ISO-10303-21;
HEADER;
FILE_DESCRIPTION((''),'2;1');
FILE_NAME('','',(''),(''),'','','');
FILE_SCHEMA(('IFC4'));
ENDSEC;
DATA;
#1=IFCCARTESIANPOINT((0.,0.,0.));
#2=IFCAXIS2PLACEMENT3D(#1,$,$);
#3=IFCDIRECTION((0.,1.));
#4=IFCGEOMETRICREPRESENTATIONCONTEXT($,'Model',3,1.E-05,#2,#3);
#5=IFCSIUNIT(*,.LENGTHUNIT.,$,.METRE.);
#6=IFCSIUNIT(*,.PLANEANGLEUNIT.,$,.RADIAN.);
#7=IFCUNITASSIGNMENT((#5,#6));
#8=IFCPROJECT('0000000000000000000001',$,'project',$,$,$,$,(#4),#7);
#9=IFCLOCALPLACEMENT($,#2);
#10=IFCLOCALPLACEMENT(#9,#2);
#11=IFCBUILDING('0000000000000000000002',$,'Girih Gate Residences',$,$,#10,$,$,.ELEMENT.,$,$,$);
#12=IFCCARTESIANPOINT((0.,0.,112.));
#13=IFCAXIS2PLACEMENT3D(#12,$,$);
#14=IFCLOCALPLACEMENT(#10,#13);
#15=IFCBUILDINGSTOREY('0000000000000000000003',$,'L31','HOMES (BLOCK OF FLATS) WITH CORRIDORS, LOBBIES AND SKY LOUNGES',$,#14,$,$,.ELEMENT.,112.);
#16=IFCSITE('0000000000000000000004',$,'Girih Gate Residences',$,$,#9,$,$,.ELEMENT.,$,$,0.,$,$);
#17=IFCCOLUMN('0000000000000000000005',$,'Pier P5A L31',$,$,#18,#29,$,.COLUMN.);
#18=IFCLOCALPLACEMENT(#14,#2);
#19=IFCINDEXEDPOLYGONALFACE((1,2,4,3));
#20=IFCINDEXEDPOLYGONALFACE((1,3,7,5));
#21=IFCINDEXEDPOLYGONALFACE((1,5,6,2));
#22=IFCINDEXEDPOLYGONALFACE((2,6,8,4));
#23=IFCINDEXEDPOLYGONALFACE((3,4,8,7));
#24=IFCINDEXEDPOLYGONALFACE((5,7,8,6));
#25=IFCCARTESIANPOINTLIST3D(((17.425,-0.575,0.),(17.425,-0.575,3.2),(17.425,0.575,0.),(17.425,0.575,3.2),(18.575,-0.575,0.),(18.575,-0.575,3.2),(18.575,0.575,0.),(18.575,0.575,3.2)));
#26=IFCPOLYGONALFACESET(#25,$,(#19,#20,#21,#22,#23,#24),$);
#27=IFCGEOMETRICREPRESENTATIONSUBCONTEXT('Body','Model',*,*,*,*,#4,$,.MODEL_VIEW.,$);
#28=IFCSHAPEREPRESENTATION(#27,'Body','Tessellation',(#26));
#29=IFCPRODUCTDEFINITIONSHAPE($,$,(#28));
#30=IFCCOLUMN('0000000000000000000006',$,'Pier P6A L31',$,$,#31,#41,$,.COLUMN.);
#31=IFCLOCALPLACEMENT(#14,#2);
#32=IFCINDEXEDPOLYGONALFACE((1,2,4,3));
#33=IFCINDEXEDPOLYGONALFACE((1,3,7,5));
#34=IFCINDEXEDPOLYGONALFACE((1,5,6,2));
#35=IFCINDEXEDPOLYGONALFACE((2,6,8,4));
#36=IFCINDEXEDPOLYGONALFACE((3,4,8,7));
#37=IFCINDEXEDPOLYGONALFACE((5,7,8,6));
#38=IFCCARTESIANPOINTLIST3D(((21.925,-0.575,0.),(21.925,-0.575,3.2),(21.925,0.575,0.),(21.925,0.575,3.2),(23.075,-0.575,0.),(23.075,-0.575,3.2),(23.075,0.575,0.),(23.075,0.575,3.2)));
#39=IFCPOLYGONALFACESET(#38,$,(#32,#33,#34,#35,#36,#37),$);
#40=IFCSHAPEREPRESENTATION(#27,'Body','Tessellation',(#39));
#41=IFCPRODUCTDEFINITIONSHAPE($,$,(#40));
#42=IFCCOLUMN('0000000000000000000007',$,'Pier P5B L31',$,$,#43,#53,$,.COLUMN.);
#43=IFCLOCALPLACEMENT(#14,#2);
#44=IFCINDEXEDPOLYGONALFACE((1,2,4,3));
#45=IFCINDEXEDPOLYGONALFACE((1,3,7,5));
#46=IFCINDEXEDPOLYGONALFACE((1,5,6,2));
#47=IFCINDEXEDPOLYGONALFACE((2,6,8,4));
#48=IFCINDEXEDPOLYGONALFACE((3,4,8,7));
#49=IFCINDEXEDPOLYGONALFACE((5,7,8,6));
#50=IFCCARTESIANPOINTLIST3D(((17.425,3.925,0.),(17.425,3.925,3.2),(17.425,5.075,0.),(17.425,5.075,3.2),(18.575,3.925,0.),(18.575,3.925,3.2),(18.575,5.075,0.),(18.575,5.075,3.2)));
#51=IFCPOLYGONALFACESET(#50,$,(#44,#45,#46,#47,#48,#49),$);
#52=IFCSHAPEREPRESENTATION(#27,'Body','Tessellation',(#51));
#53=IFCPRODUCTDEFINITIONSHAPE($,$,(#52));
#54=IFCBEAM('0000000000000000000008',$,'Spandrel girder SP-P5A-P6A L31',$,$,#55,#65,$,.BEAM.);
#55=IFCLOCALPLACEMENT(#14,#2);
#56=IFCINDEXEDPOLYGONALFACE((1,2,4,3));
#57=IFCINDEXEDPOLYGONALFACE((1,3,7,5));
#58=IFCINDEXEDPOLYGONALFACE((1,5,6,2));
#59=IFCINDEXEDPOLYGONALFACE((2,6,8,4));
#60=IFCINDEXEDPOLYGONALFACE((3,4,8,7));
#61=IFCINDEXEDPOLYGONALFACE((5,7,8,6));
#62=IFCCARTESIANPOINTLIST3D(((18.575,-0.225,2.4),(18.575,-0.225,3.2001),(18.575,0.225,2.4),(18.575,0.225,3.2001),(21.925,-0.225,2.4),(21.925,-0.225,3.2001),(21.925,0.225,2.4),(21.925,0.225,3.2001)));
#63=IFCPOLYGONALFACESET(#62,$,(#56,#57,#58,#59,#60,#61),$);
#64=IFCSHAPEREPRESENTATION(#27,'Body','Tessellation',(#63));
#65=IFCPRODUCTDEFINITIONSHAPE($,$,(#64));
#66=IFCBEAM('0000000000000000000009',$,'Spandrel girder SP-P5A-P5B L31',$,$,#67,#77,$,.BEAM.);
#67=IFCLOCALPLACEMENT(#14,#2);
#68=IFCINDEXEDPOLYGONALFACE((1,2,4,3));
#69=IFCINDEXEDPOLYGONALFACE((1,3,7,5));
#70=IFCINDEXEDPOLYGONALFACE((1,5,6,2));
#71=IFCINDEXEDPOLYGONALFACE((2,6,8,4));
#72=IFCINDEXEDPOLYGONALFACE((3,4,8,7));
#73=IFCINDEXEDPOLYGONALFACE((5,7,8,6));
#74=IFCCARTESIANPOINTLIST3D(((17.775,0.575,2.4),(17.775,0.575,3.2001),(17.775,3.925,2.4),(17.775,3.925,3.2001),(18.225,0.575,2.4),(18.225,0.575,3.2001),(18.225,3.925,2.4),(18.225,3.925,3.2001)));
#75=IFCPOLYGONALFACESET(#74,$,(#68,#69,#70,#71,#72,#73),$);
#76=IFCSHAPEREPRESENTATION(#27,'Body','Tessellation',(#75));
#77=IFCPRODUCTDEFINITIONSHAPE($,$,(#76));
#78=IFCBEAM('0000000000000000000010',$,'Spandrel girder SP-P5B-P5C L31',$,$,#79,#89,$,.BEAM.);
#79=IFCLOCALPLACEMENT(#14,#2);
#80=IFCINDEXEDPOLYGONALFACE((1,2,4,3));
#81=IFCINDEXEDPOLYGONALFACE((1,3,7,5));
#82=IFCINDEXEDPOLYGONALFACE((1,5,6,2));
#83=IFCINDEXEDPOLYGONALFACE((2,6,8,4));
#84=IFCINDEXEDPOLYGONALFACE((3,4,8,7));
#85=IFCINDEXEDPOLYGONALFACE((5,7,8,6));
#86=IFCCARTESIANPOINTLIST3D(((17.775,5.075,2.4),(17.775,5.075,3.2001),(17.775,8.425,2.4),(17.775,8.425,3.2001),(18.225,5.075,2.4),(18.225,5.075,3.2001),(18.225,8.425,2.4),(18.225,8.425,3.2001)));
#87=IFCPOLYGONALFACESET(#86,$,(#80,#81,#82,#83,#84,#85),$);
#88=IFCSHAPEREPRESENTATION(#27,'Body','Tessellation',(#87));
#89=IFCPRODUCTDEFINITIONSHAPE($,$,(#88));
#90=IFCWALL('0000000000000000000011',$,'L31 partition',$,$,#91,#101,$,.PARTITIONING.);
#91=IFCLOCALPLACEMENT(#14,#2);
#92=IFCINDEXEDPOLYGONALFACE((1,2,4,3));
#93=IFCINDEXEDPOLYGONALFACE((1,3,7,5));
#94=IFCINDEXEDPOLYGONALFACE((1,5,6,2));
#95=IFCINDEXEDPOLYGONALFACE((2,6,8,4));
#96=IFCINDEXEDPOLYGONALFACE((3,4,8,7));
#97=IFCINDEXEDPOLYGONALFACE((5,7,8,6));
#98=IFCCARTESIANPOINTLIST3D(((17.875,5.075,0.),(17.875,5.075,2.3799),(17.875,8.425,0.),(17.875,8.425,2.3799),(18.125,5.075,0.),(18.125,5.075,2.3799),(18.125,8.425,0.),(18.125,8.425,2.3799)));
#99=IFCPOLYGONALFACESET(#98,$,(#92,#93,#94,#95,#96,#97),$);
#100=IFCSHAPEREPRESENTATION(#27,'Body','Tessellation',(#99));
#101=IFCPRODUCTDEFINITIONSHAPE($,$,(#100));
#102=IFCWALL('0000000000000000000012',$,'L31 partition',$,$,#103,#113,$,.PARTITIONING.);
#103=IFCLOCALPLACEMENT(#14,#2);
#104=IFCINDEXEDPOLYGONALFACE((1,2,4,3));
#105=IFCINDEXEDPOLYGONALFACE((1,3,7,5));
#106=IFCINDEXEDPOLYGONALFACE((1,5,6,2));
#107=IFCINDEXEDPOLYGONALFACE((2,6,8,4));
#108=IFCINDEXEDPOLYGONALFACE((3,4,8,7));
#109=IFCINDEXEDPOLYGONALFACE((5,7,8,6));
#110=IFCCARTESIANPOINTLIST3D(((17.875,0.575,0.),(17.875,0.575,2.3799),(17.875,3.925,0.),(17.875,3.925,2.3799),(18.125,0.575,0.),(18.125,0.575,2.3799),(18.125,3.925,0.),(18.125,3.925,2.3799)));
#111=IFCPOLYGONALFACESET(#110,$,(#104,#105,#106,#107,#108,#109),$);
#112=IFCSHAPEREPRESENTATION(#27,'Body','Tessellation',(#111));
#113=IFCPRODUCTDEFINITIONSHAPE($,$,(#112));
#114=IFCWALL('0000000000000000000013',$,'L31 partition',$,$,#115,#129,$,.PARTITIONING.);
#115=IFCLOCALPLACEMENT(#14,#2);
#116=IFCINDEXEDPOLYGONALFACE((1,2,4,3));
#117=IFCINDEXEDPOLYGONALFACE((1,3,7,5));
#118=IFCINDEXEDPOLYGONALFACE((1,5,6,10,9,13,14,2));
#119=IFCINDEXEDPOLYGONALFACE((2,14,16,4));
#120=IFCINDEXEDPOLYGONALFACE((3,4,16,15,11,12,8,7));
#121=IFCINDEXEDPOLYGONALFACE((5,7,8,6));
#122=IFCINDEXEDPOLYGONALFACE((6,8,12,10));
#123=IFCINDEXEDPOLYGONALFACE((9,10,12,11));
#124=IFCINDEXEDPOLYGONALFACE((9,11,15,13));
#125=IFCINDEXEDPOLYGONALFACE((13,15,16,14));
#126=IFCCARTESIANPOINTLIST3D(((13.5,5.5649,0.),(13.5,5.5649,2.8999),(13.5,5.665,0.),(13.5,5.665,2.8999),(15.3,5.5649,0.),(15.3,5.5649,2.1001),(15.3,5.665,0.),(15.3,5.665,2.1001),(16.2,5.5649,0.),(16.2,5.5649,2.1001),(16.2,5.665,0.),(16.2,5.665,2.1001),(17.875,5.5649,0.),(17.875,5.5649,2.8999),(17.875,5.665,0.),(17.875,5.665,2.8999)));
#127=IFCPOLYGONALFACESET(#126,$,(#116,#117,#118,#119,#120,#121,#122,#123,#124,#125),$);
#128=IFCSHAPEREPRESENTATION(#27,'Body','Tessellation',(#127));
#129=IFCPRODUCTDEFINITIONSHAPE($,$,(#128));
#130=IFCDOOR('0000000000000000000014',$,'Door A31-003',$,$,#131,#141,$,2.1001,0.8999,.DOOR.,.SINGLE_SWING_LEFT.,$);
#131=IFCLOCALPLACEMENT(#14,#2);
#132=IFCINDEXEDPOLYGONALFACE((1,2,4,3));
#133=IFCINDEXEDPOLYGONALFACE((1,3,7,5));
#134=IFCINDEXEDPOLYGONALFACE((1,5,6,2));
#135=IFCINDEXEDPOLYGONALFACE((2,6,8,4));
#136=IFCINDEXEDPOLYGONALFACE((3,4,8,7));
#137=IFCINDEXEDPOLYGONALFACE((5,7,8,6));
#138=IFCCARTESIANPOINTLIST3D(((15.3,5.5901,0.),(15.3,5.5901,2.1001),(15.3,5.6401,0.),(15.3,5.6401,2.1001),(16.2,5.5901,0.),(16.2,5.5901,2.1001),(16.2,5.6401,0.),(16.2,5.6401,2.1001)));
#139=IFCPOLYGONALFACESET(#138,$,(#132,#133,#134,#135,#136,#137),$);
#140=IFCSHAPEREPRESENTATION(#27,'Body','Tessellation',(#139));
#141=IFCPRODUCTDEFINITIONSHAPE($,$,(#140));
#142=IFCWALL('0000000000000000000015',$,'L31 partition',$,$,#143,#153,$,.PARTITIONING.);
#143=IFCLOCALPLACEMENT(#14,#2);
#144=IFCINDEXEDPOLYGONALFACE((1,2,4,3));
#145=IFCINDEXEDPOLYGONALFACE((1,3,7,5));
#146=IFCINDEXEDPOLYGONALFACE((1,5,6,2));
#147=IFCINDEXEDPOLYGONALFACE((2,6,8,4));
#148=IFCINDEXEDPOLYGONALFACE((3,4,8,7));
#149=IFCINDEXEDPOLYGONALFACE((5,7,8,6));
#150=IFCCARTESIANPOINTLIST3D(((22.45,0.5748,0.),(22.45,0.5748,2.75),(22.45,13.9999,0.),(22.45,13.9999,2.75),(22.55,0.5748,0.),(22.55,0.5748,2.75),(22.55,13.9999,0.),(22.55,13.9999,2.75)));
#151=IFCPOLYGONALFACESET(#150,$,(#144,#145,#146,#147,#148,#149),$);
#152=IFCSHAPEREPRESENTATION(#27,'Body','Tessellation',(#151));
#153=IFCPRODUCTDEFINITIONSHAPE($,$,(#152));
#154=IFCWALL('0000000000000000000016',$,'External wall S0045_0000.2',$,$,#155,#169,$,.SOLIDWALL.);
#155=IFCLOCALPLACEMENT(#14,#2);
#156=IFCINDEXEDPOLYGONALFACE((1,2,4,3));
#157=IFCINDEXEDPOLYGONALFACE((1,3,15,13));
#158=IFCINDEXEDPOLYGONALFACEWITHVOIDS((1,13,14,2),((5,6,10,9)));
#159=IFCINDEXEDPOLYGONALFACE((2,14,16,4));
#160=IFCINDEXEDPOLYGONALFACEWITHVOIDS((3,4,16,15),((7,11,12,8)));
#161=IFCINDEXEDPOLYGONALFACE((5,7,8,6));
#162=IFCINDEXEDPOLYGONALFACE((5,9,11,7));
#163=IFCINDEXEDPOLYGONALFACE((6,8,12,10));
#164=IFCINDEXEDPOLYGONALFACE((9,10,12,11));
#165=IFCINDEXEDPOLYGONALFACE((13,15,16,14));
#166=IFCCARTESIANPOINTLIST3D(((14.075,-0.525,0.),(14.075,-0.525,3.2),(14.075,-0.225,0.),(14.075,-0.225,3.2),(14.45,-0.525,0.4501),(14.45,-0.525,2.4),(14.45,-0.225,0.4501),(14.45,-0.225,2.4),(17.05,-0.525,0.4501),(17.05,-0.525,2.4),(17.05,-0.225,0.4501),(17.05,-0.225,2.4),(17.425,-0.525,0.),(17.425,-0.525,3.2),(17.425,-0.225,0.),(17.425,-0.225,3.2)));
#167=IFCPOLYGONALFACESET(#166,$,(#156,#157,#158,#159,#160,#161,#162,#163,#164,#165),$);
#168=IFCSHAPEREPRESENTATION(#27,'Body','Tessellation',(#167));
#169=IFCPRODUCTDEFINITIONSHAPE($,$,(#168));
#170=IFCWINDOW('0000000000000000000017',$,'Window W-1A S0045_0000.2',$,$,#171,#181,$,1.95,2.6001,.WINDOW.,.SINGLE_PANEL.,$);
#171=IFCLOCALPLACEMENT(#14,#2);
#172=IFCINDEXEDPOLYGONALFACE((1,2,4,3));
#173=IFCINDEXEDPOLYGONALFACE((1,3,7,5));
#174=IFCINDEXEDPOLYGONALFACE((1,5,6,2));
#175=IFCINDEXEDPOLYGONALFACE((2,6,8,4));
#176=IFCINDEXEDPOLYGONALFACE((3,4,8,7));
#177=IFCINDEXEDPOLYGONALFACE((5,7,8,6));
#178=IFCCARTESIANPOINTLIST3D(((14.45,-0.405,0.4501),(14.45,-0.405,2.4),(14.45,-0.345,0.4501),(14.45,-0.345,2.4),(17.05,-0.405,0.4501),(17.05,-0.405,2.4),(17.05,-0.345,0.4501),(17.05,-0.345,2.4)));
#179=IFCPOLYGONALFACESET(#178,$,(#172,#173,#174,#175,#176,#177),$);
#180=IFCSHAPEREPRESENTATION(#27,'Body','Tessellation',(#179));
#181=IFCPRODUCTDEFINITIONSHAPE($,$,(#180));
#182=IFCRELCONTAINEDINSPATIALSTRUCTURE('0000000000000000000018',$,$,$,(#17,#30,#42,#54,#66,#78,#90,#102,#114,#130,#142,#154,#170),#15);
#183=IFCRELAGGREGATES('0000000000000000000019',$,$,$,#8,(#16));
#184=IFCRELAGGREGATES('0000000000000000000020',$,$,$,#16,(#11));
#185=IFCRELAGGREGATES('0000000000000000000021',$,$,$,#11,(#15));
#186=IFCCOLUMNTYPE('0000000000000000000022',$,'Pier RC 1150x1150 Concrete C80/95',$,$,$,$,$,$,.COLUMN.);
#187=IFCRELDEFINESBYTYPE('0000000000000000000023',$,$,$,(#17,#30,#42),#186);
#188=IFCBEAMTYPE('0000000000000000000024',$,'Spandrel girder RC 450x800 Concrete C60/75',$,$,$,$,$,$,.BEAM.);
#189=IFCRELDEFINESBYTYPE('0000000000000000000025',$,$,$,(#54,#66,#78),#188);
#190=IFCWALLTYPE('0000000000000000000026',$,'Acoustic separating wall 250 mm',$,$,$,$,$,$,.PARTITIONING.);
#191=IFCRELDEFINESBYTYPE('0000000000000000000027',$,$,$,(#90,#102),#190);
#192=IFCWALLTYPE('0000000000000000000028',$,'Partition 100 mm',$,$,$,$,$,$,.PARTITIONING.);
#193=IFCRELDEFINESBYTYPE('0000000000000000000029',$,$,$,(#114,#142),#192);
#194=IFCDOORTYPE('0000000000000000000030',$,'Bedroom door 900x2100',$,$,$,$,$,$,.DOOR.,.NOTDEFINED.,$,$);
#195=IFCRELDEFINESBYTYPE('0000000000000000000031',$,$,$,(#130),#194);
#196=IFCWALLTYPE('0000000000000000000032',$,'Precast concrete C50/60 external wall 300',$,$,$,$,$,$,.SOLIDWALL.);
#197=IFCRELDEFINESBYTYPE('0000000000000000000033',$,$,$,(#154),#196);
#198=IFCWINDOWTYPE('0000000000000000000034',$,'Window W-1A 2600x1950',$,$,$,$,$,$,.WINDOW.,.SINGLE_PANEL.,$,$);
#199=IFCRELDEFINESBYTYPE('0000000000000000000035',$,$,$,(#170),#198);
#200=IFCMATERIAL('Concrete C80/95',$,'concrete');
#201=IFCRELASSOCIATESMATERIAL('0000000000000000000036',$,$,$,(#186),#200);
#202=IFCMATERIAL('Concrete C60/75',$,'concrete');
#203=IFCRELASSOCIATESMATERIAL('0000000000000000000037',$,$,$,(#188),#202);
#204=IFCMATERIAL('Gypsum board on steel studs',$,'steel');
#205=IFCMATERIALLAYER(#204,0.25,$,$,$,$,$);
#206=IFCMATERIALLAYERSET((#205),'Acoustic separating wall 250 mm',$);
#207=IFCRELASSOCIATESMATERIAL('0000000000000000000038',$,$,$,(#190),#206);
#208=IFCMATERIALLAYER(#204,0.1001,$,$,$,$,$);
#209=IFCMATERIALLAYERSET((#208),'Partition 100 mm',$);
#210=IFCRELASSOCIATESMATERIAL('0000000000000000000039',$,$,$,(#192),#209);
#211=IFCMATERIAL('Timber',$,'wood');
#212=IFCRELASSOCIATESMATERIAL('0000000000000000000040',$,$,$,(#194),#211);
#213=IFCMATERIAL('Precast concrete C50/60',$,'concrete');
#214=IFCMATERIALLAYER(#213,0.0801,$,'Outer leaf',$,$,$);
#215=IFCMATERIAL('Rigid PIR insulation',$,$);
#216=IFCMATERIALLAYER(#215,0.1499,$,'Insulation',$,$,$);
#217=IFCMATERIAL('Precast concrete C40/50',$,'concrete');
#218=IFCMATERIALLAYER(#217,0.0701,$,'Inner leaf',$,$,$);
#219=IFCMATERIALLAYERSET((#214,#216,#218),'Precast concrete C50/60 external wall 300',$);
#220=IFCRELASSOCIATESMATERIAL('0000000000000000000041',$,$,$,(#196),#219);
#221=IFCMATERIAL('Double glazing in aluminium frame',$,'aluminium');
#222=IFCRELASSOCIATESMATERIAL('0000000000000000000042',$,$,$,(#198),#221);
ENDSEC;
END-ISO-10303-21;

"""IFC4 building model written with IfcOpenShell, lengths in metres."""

from ifc_helpers import new_model, si_unit, direction, frame, frame_2d, origin, origin_2d, place, context, subcontext, project, spatial, rectangle, extrude, material, layer, layer_set, material_profile, profile_set, type_object, element, fill, save


model = new_model("IFC4")

# Units and contexts
model_context = context("Model", 3, precision=1e-05, world=origin(), true_north=direction((0.0, 1.0)))
body_context = subcontext(model_context, "Body", "Model", "MODEL_VIEW")
ifc_project = project(units=[si_unit("LENGTHUNIT", "METRE"), si_unit("PLANEANGLEUNIT", "RADIAN")], contexts=[model_context])

# Site, building, storey
site_placement = place(None, origin())
site = spatial("IfcSite", under=ifc_project, at=site_placement, Name="Girih Gate Residences", CompositionType="ELEMENT", RefElevation=0.0)
building_placement = place(site_placement, origin())
building = spatial("IfcBuilding", under=site, at=building_placement, Name="Girih Gate Residences", CompositionType="ELEMENT")
storey_placement = place(building_placement, frame((0.0, 0.0, 112.0)))
storey = spatial("IfcBuildingStorey", under=building, at=storey_placement, Name="L31", Description="HOMES (BLOCK OF FLATS) WITH CORRIDORS, LOBBIES AND SKY LOUNGES", CompositionType="ELEMENT", Elevation=112.0)

# Columns
ifc_material_1 = material(Name="Concrete C80/95", Category="concrete")
ifc_material_profile_1 = material_profile(ifc_material_1, rectangle(XDim=1.1499, YDim=1.1499, at=origin_2d()))
ifc_profile_set_1 = profile_set([ifc_material_profile_1], Name="Concrete C80/95")
column_type = type_object("IfcColumnType", Name="Pier RC 1150x1150 Concrete C80/95", PredefinedType="COLUMN", material=ifc_profile_set_1)
for number, where, z_axis, x_axis, name in (
    (1, (18.0, 0.0, 0.0), (0.0, 0.0, 1.0), (1.0, 0.0, 0.0), "Pier P5A L31"),
    (2, (22.5, 0.0, 0.0), (0.0, 0.0, 1.0), (1.0, 0.0, 0.0), "Pier P6A L31"),
    (3, (18.0, 4.5, 0.0), (0.0, 0.0, 1.0), (1.0, 0.0, 0.0), "Pier P5B L31"),
):
    element("IfcColumn", number, at=place(storey_placement, frame(where, z_axis=z_axis, x_axis=x_axis)), inside=storey, type_object=column_type, Name=name, PredefinedType="COLUMN", context=body_context, shape_type="SweptSolid", body=[
        extrude(rectangle(XDim=1.1499, YDim=1.1499, at=origin_2d()), origin(), (0.0, 0.0, 1.0), 3.2),
    ])

# Beams
ifc_material_2 = material(Name="Concrete C60/75", Category="concrete")
ifc_material_profile_2 = material_profile(ifc_material_2, rectangle(XDim=0.45, YDim=0.8, at=origin_2d()))
ifc_profile_set_2 = profile_set([ifc_material_profile_2], Name="Concrete C60/75")
beam_type = type_object("IfcBeamType", Name="Spandrel girder RC 450x800 Concrete C60/75", PredefinedType="BEAM", material=ifc_profile_set_2)
for number, where, z_axis, x_axis, name in (
    (4, (18.575, 0.0, 2.8), (1.0, 0.0, 0.0), (0.0, 1.0, 0.0), "Spandrel girder SP-P5A-P6A L31"),
    (5, (18.0, 0.575, 2.8), (0.0, 1.0, 0.0), (-1.0, 0.0, 0.0), "Spandrel girder SP-P5A-P5B L31"),
    (6, (18.0, 5.075, 2.8), (0.0, 1.0, 0.0), (-1.0, 0.0, 0.0), "Spandrel girder SP-P5B-P5C L31"),
):
    element("IfcBeam", number, at=place(storey_placement, frame(where, z_axis=z_axis, x_axis=x_axis)), inside=storey, type_object=beam_type, Name=name, PredefinedType="BEAM", context=body_context, shape_type="SweptSolid", body=[
        extrude(rectangle(XDim=0.45, YDim=0.8, at=origin_2d()), origin(), (0.0, 0.0, 1.0), 3.3501),
    ])

# Walls
ifc_material_3 = material(Name="Gypsum board on steel studs", Category="steel")
ifc_layer_1 = layer(ifc_material_3, 0.25)
ifc_layer_set_1 = layer_set([ifc_layer_1], Name="Acoustic separating wall 250 mm")
wall_type_1 = type_object("IfcWallType", Name="Acoustic separating wall 250 mm", PredefinedType="PARTITIONING", material=ifc_layer_set_1)
for number, where, z_axis, x_axis, name in (
    (7, (18.0, 5.075, 0.0), (0.0, 0.0, 1.0), (0.0, 1.0, 0.0), "L31 partition"),
    (8, (18.0, 0.575, 0.0), (0.0, 0.0, 1.0), (0.0, 1.0, 0.0), "L31 partition"),
):
    element("IfcWall", number, at=place(storey_placement, frame(where, z_axis=z_axis, x_axis=x_axis)), inside=storey, type_object=wall_type_1, Name=name, PredefinedType="PARTITIONING", context=body_context, shape_type="SweptSolid", body=[
        extrude(rectangle(XDim=3.3501, YDim=0.25, at=frame_2d((1.675, 0.0))), origin(), (0.0, 0.0, 1.0), 2.3799),
    ])

# Wall, opening, door
ifc_layer_2 = layer(ifc_material_3, 0.1001)
ifc_layer_set_2 = layer_set([ifc_layer_2], Name="Partition 100 mm")
wall_type_2 = type_object("IfcWallType", Name="Partition 100 mm", PredefinedType="PARTITIONING", material=ifc_layer_set_2)
wall_1_placement = place(storey_placement, frame((17.875, 5.615, 0.0), z_axis=(0.0, 0.0, 1.0), x_axis=(-1.0, 0.0, 0.0)))
wall_1 = element("IfcWall", 9, at=wall_1_placement, inside=storey, type_object=wall_type_2, Name="L31 partition", PredefinedType="PARTITIONING", context=body_context, shape_type="SweptSolid", body=[
    extrude(rectangle(XDim=4.375, YDim=0.1001, at=frame_2d((2.1875, 0.0))), origin(), (0.0, 0.0, 1.0), 2.8999),
])
opening_1_placement = place(wall_1_placement, frame((1.675, 0.0, 0.0)))
opening_1 = element("IfcOpeningElement", 10, at=opening_1_placement, cuts=wall_1, PredefinedType="OPENING", context=body_context, shape_type="SweptSolid", body=[
    extrude(rectangle(XDim=0.8999, YDim=2.1001, at=frame_2d((0.45, 1.05))), frame((0.0, 0.0601, 0.0), z_axis=(0.0, -1.0, 0.0), x_axis=(1.0, 0.0, 0.0)), (0.0, 0.0, 1.0), 0.1201),
])
ifc_material_4 = material(Name="Timber", Category="wood")
door_type = type_object("IfcDoorType", Name="Bedroom door 900x2100", OperationType="NOTDEFINED", PredefinedType="DOOR", material=ifc_material_4)
door_placement = place(opening_1_placement, origin())
door = element("IfcDoor", 11, at=door_placement, inside=storey, type_object=door_type, Name="Door A31-003", OperationType="SINGLE_SWING_LEFT", OverallHeight=2.1001, OverallWidth=0.8999, PredefinedType="DOOR", context=body_context, shape_type="SweptSolid", body=[
    extrude(rectangle(XDim=0.8999, YDim=2.1001, at=frame_2d((0.45, 1.05))), frame((0.0, 0.0249, 0.0), z_axis=(0.0, -1.0, 0.0), x_axis=(1.0, 0.0, 0.0)), (0.0, 0.0, 1.0), 0.05),
])
fill(opening_1, door)

# Wall
wall_2_placement = place(storey_placement, frame((22.5, 0.575, 0.0), z_axis=(0.0, 0.0, 1.0), x_axis=(0.0, 1.0, 0.0)))
element("IfcWall", 12, at=wall_2_placement, inside=storey, type_object=wall_type_2, Name="L31 partition", PredefinedType="PARTITIONING", context=body_context, shape_type="SweptSolid", body=[
    extrude(rectangle(XDim=13.425, YDim=0.1001, at=frame_2d((6.7124, 0.0))), origin(), (0.0, 0.0, 1.0), 2.75),
])

# Wall, opening, window
ifc_material_5 = material(Name="Precast concrete C50/60", Category="concrete")
ifc_layer_3 = layer(ifc_material_5, 0.0801, Name="Outer leaf")
ifc_material_6 = material(Name="Rigid PIR insulation")
ifc_layer_4 = layer(ifc_material_6, 0.1499, Name="Insulation")
ifc_material_7 = material(Name="Precast concrete C40/50", Category="concrete")
ifc_layer_5 = layer(ifc_material_7, 0.0701, Name="Inner leaf")
ifc_layer_set_3 = layer_set([ifc_layer_3, ifc_layer_4, ifc_layer_5], Name="Precast concrete C50/60 external wall 300")
wall_type_3 = type_object("IfcWallType", Name="Precast concrete C50/60 external wall 300", PredefinedType="SOLIDWALL", material=ifc_layer_set_3)
wall_3_placement = place(storey_placement, frame((17.425, -0.375, 0.0), z_axis=(0.0, 0.0, 1.0), x_axis=(-1.0, 0.0, 0.0)))
wall_3 = element("IfcWall", 13, at=wall_3_placement, inside=storey, type_object=wall_type_3, Name="External wall S0045_0000.2", PredefinedType="SOLIDWALL", context=body_context, shape_type="SweptSolid", body=[
    extrude(rectangle(XDim=3.3501, YDim=0.3, at=frame_2d((1.675, 0.0))), origin(), (0.0, 0.0, 1.0), 3.2),
])
opening_2_placement = place(wall_3_placement, frame((0.375, 0.0, 0.45)))
opening_2 = element("IfcOpeningElement", 14, at=opening_2_placement, cuts=wall_3, PredefinedType="OPENING", context=body_context, shape_type="SweptSolid", body=[
    extrude(rectangle(XDim=2.6001, YDim=1.95, at=frame_2d((1.3, 0.9751))), frame((0.0, 0.1599, 0.0), z_axis=(0.0, -1.0, 0.0), x_axis=(1.0, 0.0, 0.0)), (0.0, 0.0, 1.0), 0.3201),
])
ifc_material_8 = material(Name="Double glazing in aluminium frame", Category="aluminium")
window_type = type_object("IfcWindowType", Name="Window W-1A 2600x1950", PartitioningType="SINGLE_PANEL", PredefinedType="WINDOW", material=ifc_material_8)
window_1_placement = place(opening_2_placement, origin())
window_1 = element("IfcWindow", 15, at=window_1_placement, inside=storey, type_object=window_type, Name="Window W-1A S0045_0000.2", OverallHeight=1.95, OverallWidth=2.6001, PartitioningType="SINGLE_PANEL", PredefinedType="WINDOW", context=body_context, shape_type="SweptSolid", body=[
    extrude(rectangle(XDim=2.6001, YDim=1.95, at=frame_2d((1.3, 0.9751))), frame((0.0, 0.03, 0.0), z_axis=(0.0, -1.0, 0.0), x_axis=(1.0, 0.0, 0.0)), (0.0, 0.0, 1.0), 0.0601),
])
fill(opening_2, window_1)

save(model, "model.ifc")
